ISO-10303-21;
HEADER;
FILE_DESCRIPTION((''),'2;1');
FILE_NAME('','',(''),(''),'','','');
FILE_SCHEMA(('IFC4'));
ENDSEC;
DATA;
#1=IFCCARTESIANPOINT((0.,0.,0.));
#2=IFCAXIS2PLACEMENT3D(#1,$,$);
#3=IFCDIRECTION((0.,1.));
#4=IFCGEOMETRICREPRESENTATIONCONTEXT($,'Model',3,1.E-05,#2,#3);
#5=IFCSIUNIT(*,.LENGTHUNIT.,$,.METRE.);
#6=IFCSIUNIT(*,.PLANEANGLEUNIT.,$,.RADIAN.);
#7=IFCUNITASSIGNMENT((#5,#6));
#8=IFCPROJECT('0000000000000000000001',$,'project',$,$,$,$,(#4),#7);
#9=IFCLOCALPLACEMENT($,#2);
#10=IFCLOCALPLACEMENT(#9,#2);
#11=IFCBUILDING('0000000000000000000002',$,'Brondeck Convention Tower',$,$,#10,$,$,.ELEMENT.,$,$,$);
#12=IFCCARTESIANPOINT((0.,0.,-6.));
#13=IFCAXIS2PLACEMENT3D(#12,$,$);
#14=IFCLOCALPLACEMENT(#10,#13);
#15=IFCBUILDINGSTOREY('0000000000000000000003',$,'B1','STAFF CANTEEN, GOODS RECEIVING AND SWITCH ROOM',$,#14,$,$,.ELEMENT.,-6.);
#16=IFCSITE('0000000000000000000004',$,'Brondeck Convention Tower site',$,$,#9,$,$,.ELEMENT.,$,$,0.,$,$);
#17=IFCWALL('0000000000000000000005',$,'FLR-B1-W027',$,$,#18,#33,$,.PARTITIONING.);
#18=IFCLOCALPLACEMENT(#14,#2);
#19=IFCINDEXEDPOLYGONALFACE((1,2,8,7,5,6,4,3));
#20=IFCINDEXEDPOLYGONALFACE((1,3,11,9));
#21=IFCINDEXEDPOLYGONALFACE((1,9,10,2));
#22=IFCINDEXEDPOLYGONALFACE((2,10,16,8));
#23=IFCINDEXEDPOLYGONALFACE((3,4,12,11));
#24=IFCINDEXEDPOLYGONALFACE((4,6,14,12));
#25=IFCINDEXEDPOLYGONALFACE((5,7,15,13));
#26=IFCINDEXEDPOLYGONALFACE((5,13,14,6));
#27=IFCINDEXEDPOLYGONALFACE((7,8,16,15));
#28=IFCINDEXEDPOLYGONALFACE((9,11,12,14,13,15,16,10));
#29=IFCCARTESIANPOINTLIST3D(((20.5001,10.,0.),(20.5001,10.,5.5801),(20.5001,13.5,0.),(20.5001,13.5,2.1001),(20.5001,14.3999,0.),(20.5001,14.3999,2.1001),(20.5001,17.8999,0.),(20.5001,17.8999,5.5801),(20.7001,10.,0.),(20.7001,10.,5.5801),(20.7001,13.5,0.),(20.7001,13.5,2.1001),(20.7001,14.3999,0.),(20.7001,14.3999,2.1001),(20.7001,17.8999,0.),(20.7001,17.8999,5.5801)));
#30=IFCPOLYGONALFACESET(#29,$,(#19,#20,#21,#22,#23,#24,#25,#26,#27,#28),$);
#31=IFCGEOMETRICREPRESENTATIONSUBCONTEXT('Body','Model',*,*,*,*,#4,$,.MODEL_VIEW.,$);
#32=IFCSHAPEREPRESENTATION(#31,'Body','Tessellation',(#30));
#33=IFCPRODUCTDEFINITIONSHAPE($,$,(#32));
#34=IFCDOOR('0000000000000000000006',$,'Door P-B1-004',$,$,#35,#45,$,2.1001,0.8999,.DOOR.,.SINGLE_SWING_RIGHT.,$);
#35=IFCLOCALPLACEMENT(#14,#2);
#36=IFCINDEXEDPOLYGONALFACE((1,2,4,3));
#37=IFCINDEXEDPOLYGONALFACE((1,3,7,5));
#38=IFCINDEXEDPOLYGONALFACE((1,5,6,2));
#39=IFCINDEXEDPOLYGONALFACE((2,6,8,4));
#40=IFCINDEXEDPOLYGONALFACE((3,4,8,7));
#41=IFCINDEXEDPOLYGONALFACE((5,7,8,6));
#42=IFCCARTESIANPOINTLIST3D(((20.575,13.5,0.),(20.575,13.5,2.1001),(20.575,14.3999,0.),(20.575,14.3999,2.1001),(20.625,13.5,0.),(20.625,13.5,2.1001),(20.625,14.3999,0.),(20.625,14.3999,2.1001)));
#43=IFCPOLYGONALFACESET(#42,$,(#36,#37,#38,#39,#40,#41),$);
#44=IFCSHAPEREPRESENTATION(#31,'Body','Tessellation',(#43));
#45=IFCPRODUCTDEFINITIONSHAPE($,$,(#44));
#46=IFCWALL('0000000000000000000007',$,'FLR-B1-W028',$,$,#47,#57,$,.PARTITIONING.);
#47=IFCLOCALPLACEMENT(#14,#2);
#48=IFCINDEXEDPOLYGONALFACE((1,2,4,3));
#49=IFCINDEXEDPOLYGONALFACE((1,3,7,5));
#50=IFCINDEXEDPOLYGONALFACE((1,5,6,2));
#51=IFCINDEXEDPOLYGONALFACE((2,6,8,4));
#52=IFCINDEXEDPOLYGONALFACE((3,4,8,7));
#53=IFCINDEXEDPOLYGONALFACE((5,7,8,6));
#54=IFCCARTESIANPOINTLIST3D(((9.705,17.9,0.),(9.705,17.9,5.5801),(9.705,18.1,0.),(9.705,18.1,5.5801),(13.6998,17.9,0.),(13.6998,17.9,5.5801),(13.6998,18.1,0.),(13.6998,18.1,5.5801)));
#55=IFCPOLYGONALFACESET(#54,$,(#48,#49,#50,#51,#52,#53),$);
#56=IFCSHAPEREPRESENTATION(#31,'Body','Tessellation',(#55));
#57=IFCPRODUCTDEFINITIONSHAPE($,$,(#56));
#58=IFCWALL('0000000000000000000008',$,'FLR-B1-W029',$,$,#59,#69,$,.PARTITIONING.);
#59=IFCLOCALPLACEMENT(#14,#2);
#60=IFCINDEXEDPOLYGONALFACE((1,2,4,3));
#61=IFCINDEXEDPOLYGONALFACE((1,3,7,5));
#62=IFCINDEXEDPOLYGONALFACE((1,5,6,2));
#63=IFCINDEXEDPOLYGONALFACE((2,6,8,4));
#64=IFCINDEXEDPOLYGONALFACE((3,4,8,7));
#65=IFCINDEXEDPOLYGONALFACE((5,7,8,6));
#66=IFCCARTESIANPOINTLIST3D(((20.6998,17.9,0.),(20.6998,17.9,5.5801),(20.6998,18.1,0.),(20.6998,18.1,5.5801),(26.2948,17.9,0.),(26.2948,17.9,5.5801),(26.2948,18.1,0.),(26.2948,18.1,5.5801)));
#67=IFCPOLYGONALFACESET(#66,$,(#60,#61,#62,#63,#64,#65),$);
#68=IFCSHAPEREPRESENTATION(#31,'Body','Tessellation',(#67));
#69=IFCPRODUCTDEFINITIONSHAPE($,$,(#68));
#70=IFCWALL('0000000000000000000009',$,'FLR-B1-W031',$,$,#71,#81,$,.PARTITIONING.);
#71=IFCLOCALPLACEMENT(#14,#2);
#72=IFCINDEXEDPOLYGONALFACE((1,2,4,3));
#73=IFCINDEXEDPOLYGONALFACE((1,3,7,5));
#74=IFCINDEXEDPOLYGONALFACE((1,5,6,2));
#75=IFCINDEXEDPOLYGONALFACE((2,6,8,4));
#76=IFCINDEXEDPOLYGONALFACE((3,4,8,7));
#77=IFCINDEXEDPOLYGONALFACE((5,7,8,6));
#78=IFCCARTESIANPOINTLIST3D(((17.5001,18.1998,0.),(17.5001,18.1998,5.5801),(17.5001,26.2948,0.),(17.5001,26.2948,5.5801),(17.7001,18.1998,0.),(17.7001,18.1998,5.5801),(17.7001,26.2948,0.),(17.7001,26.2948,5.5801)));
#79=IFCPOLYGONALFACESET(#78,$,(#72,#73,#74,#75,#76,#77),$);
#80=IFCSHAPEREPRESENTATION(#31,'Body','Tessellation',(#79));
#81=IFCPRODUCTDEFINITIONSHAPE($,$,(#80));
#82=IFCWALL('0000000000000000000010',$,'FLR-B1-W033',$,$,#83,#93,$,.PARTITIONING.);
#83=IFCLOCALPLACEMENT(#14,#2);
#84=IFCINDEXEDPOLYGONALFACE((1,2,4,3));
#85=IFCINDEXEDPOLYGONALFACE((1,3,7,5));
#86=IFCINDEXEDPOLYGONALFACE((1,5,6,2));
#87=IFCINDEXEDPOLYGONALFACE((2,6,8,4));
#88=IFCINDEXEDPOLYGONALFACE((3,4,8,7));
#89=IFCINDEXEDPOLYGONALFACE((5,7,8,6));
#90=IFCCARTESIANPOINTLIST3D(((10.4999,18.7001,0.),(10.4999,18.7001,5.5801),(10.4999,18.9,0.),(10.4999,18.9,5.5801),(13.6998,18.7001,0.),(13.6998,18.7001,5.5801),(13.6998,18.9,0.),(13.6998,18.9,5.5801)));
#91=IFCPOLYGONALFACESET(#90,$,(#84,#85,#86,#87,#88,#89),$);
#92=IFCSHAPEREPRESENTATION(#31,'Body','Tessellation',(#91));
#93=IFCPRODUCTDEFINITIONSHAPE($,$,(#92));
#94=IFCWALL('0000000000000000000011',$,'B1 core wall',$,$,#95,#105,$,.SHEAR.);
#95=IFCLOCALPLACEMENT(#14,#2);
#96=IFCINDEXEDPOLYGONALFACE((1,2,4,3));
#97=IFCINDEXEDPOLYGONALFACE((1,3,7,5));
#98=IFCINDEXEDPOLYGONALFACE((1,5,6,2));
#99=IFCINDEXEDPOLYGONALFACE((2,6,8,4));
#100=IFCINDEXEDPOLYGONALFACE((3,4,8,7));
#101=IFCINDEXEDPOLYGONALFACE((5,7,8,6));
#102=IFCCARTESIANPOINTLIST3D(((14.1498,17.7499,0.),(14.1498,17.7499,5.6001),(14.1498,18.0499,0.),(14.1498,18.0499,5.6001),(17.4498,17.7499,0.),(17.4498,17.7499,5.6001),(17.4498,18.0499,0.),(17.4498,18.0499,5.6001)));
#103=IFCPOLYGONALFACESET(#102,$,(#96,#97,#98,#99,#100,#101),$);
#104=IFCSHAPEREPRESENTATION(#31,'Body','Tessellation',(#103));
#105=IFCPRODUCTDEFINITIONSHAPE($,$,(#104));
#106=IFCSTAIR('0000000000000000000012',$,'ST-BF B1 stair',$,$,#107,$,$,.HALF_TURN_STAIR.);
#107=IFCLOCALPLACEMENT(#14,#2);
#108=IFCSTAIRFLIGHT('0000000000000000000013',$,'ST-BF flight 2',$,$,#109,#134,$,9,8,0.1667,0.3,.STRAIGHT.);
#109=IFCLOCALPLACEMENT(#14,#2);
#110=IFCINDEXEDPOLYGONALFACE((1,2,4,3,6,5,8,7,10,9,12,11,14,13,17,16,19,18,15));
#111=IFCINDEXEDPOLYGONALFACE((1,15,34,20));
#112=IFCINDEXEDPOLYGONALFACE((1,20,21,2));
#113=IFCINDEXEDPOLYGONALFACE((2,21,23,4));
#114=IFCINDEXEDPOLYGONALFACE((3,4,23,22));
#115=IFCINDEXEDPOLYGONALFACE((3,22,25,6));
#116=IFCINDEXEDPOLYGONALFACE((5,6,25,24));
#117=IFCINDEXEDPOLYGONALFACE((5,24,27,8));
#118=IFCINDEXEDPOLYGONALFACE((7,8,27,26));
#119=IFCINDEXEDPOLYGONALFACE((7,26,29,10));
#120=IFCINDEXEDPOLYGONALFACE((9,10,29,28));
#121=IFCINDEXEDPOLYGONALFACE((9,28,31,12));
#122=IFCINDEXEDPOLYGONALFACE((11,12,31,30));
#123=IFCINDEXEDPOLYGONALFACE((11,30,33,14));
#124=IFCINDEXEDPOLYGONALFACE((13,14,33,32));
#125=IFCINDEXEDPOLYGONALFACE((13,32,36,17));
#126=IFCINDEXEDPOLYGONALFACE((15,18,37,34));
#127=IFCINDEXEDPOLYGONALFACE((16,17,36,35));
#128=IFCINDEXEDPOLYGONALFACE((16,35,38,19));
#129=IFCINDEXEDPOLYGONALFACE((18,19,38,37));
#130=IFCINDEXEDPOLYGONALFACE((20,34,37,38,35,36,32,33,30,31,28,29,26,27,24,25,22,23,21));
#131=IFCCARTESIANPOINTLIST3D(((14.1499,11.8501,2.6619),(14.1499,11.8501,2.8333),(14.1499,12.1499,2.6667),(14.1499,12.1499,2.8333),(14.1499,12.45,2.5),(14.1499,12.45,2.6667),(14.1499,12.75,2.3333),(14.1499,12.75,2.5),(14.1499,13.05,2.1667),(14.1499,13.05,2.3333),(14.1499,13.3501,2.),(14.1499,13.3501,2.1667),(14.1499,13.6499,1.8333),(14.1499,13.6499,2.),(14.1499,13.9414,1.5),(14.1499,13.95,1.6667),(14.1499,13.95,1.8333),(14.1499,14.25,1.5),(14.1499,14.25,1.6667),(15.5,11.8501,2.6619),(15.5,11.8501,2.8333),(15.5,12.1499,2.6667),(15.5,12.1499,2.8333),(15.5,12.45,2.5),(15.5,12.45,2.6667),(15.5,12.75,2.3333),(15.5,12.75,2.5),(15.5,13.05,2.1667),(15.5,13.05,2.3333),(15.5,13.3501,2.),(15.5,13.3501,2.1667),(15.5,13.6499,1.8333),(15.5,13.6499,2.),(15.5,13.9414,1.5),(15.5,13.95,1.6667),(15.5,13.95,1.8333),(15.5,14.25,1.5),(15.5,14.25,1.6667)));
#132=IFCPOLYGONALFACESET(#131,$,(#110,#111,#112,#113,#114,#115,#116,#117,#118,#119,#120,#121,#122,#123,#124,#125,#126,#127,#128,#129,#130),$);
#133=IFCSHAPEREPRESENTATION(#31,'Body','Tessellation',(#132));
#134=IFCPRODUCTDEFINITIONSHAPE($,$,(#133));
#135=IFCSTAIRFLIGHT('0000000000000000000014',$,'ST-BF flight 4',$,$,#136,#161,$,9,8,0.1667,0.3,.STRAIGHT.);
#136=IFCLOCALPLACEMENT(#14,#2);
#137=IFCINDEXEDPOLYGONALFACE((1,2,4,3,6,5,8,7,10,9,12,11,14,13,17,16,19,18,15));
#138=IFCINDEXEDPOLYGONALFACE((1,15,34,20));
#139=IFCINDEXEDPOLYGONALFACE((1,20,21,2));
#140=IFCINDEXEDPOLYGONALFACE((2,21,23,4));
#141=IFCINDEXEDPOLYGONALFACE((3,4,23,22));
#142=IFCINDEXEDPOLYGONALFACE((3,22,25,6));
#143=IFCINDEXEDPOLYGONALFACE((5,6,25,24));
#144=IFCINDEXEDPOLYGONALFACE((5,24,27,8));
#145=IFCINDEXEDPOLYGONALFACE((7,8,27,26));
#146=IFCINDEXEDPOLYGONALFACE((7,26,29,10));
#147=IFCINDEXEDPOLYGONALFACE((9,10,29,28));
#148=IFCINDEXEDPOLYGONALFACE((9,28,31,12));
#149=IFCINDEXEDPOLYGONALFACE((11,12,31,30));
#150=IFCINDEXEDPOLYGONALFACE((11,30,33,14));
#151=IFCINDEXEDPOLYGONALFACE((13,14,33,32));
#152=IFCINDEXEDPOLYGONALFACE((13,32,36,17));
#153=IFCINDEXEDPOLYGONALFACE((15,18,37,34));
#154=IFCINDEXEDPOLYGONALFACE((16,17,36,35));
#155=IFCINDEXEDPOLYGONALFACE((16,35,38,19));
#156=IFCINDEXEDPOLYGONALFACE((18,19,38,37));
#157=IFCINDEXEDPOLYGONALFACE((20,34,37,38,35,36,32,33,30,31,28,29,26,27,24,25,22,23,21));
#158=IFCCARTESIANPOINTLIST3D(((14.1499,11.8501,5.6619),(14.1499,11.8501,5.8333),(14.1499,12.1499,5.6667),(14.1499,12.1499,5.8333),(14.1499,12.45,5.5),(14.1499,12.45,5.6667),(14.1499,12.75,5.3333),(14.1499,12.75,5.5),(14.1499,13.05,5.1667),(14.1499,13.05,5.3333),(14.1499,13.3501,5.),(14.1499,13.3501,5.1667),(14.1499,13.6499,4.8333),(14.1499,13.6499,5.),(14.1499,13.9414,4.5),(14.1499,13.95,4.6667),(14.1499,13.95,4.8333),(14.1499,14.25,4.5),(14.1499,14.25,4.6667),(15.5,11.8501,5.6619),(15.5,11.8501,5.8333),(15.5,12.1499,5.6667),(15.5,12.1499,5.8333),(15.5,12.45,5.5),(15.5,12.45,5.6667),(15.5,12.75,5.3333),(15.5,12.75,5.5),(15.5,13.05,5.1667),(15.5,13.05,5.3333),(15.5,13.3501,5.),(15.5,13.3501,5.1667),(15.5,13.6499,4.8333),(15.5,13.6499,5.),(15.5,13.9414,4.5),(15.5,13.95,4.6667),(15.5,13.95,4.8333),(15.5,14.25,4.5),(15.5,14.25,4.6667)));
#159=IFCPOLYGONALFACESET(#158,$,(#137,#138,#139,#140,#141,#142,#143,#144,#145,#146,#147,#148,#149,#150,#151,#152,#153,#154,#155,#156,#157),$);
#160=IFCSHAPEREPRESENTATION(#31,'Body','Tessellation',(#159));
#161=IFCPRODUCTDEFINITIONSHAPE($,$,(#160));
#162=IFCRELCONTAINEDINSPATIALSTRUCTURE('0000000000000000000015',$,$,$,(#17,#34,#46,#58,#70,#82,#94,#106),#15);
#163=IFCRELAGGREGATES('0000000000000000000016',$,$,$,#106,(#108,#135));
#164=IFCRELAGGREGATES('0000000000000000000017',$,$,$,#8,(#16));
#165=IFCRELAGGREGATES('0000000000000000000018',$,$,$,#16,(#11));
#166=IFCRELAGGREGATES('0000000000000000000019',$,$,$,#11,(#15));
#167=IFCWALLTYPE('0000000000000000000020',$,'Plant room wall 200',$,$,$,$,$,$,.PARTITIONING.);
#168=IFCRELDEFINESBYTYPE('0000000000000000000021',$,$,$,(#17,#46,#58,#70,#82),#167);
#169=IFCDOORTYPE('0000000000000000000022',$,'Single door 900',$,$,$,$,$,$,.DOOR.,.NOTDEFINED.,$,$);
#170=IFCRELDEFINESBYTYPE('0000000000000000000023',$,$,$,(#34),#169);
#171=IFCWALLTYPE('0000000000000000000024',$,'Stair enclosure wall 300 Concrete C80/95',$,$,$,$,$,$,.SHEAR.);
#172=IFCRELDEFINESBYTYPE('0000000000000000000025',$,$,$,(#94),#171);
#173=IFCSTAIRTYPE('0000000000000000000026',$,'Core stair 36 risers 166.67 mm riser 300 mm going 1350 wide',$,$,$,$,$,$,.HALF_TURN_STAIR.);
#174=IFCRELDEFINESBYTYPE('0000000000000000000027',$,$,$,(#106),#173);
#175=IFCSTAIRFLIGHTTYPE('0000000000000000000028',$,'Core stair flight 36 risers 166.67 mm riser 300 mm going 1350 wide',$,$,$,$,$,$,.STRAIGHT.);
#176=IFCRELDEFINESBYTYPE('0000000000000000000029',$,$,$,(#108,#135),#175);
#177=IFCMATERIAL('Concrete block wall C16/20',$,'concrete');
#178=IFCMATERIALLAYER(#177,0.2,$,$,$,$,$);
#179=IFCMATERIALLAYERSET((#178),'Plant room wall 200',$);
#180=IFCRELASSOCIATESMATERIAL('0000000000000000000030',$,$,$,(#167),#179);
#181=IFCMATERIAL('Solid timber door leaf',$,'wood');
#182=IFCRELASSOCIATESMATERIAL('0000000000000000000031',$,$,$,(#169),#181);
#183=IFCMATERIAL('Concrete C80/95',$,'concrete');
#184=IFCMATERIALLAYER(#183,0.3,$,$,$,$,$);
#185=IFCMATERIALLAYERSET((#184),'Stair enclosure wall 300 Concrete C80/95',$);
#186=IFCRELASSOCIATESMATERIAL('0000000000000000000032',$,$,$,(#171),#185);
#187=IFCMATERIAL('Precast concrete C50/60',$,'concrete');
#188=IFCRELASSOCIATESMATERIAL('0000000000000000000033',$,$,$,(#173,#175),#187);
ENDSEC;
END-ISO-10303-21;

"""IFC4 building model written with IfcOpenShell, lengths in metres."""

from ifc_helpers import new_model, si_unit, direction, frame, frame_2d, origin, place, context, subcontext, project, spatial, polyline, rectangle, outline, extrude, material, layer, layer_set, type_object, element, fill, aggregate, save


model = new_model("IFC4")

# Units and contexts
model_context = context("Model", 3, precision=1e-05, world=origin(), true_north=direction((0.0, 1.0)))
body_context = subcontext(model_context, "Body", "Model", "MODEL_VIEW")
ifc_project = project(units=[si_unit("LENGTHUNIT", "METRE"), si_unit("PLANEANGLEUNIT", "RADIAN")], contexts=[model_context])

# Site, building, storey
site_placement = place(None, origin())
site = spatial("IfcSite", under=ifc_project, at=site_placement, Name="Brondeck Convention Tower site", CompositionType="ELEMENT", RefElevation=0.0)
building_placement = place(site_placement, origin())
building = spatial("IfcBuilding", under=site, at=building_placement, Name="Brondeck Convention Tower", CompositionType="ELEMENT")
storey_placement = place(building_placement, frame((0.0, 0.0, -6.0)))
storey = spatial("IfcBuildingStorey", under=building, at=storey_placement, Name="B1", Description="STAFF CANTEEN, GOODS RECEIVING AND SWITCH ROOM", CompositionType="ELEMENT", Elevation=-6.0)

# Wall, opening, door
ifc_material_1 = material(Name="Concrete block wall C16/20", Category="concrete")
ifc_layer_1 = layer(ifc_material_1, 0.2)
ifc_layer_set_1 = layer_set([ifc_layer_1], Name="Plant room wall 200")
wall_type_1 = type_object("IfcWallType", Name="Plant room wall 200", PredefinedType="PARTITIONING", material=ifc_layer_set_1)
wall_1_placement = place(storey_placement, frame((20.6001, 17.8999, 0.0), z_axis=(0.0, 0.0, 1.0), x_axis=(0.0, -1.0, 0.0)))
wall_1 = element("IfcWall", 1, at=wall_1_placement, inside=storey, type_object=wall_type_1, Name="FLR-B1-W027", PredefinedType="PARTITIONING", context=body_context, shape_type="SweptSolid", body=[
    extrude(rectangle(XDim=7.8999, YDim=0.2, at=frame_2d((3.95, 0.0))), origin(), (0.0, 0.0, 1.0), 5.5801),
])
opening_placement = place(wall_1_placement, frame((3.5, 0.0, 0.0)))
opening = element("IfcOpeningElement", 2, at=opening_placement, cuts=wall_1, PredefinedType="OPENING", context=body_context, shape_type="SweptSolid", body=[
    extrude(rectangle(XDim=0.8999, YDim=2.1001, at=frame_2d((0.45, 1.05))), frame((0.0, 0.1099, 0.0), z_axis=(0.0, -1.0, 0.0), x_axis=(1.0, 0.0, 0.0)), (0.0, 0.0, 1.0), 0.22),
])
ifc_material_2 = material(Name="Solid timber door leaf", Category="wood")
door_type = type_object("IfcDoorType", Name="Single door 900", OperationType="NOTDEFINED", PredefinedType="DOOR", material=ifc_material_2)
door_placement = place(opening_placement, origin())
door = element("IfcDoor", 3, at=door_placement, inside=storey, type_object=door_type, Name="Door P-B1-004", OperationType="SINGLE_SWING_RIGHT", OverallHeight=2.1001, OverallWidth=0.8999, PredefinedType="DOOR", context=body_context, shape_type="SweptSolid", body=[
    extrude(rectangle(XDim=0.8999, YDim=2.1001, at=frame_2d((0.45, 1.05))), frame((0.0, 0.0249, 0.0), z_axis=(0.0, -1.0, 0.0), x_axis=(1.0, 0.0, 0.0)), (0.0, 0.0, 1.0), 0.05),
])
fill(opening, door)

# Walls
wall_2_placement = place(storey_placement, frame((13.7, 18.0, 0.0), z_axis=(0.0, 0.0, 1.0), x_axis=(-1.0, 0.0, 0.0)))
element("IfcWall", 4, at=wall_2_placement, inside=storey, type_object=wall_type_1, Name="FLR-B1-W028", PredefinedType="PARTITIONING", context=body_context, shape_type="SweptSolid", body=[
    extrude(rectangle(XDim=3.9949, YDim=0.2, at=frame_2d((1.9976, 0.0))), origin(), (0.0, 0.0, 1.0), 5.5801),
])
wall_3_placement = place(storey_placement, frame((20.7, 18.0, 0.0), z_axis=(0.0, 0.0, 1.0), x_axis=(1.0, 0.0, 0.0)))
element("IfcWall", 5, at=wall_3_placement, inside=storey, type_object=wall_type_1, Name="FLR-B1-W029", PredefinedType="PARTITIONING", context=body_context, shape_type="SweptSolid", body=[
    extrude(rectangle(XDim=5.595, YDim=0.2, at=frame_2d((2.7974, 0.0))), origin(), (0.0, 0.0, 1.0), 5.5801),
])
wall_4_placement = place(storey_placement, frame((17.6001, 18.2, 0.0), z_axis=(0.0, 0.0, 1.0), x_axis=(0.0, 1.0, 0.0)))
element("IfcWall", 6, at=wall_4_placement, inside=storey, type_object=wall_type_1, Name="FLR-B1-W031", PredefinedType="PARTITIONING", context=body_context, shape_type="SweptSolid", body=[
    extrude(rectangle(XDim=8.095, YDim=0.2, at=frame_2d((4.0474, 0.0))), origin(), (0.0, 0.0, 1.0), 5.5801),
])
wall_5_placement = place(storey_placement, frame((13.7, 18.8, 0.0), z_axis=(0.0, 0.0, 1.0), x_axis=(-1.0, 0.0, 0.0)))
element("IfcWall", 7, at=wall_5_placement, inside=storey, type_object=wall_type_1, Name="FLR-B1-W033", PredefinedType="PARTITIONING", context=body_context, shape_type="SweptSolid", body=[
    extrude(rectangle(XDim=3.2, YDim=0.2, at=frame_2d((1.6001, 0.0))), origin(), (0.0, 0.0, 1.0), 5.5801),
])
ifc_material_3 = material(Name="Concrete C80/95", Category="concrete")
ifc_layer_2 = layer(ifc_material_3, 0.3)
ifc_layer_set_2 = layer_set([ifc_layer_2], Name="Stair enclosure wall 300 Concrete C80/95")
wall_type_2 = type_object("IfcWallType", Name="Stair enclosure wall 300 Concrete C80/95", PredefinedType="SHEAR", material=ifc_layer_set_2)
wall_6_placement = place(storey_placement, frame((14.1499, 17.8999, 0.0), z_axis=(0.0, 0.0, 1.0), x_axis=(1.0, 0.0, 0.0)))
element("IfcWall", 8, at=wall_6_placement, inside=storey, type_object=wall_type_2, Name="B1 core wall", PredefinedType="SHEAR", context=body_context, shape_type="SweptSolid", body=[
    extrude(rectangle(XDim=3.3, YDim=0.3, at=frame_2d((1.6499, 0.0))), origin(), (0.0, 0.0, 1.0), 5.6001),
])

# Stair, stair flights
ifc_material_4 = material(Name="Precast concrete C50/60", Category="concrete")
stair_type = type_object("IfcStairType", Name="Core stair 36 risers 166.67 mm riser 300 mm going 1350 wide", PredefinedType="HALF_TURN_STAIR", material=ifc_material_4)
stair_placement = place(storey_placement, origin())
stair = element("IfcStair", 9, at=stair_placement, inside=storey, type_object=stair_type, Name="ST-BF B1 stair", PredefinedType="HALF_TURN_STAIR")
stair_flight_type = type_object("IfcStairFlightType", Name="Core stair flight 36 risers 166.67 mm riser 300 mm going 1350 wide", PredefinedType="STRAIGHT", material=ifc_material_4)
stair_flight_1_placement = place(storey_placement, frame((14.825, 14.25, 1.5), z_axis=(0.0, 0.0, 1.0), x_axis=(0.0, -1.0, 0.0)))
stair_flight_1 = element("IfcStairFlight", 10, at=stair_flight_1_placement, type_object=stair_flight_type, Name="ST-BF flight 2", NumberOfRisers=9, NumberOfTreads=8, PredefinedType="STRAIGHT", RiserHeight=0.1667, TreadLength=0.3, context=body_context, shape_type="SweptSolid", body=[
    extrude(outline(polyline([(0.0, 0.0), (0.0, 0.1667), (0.3, 0.1667), (0.3, 0.3333), (0.6001, 0.3333), (0.6001, 0.5), (0.8999, 0.5), (0.8999, 0.6667), (1.2, 0.6667), (1.2, 0.8333), (1.5, 0.8333), (1.5, 1.0), (1.8, 1.0), (1.8, 1.1667), (2.1001, 1.1667), (2.1001, 1.3333), (2.3999, 1.3333), (2.3999, 1.5), (2.3999, 1.1619), (0.3086, 0.0), (0.0, 0.0)])), frame((0.0, 0.675, 0.0), z_axis=(0.0, -1.0, 0.0), x_axis=(1.0, 0.0, 0.0)), (0.0, 0.0, 1.0), 1.3501),
])
stair_flight_2_placement = place(storey_placement, frame((14.825, 14.25, 4.5), z_axis=(0.0, 0.0, 1.0), x_axis=(0.0, -1.0, 0.0)))
stair_flight_2 = element("IfcStairFlight", 11, at=stair_flight_2_placement, type_object=stair_flight_type, Name="ST-BF flight 4", NumberOfRisers=9, NumberOfTreads=8, PredefinedType="STRAIGHT", RiserHeight=0.1667, TreadLength=0.3, context=body_context, shape_type="SweptSolid", body=[
    extrude(outline(polyline([(0.0, 0.0), (0.0, 0.1667), (0.3, 0.1667), (0.3, 0.3333), (0.6001, 0.3333), (0.6001, 0.5), (0.8999, 0.5), (0.8999, 0.6667), (1.2, 0.6667), (1.2, 0.8333), (1.5, 0.8333), (1.5, 1.0), (1.8, 1.0), (1.8, 1.1667), (2.1001, 1.1667), (2.1001, 1.3333), (2.3999, 1.3333), (2.3999, 1.5), (2.3999, 1.1619), (0.3086, 0.0), (0.0, 0.0)])), frame((0.0, 0.675, 0.0), z_axis=(0.0, -1.0, 0.0), x_axis=(1.0, 0.0, 0.0)), (0.0, 0.0, 1.0), 1.3501),
])
aggregate(stair, [stair_flight_1, stair_flight_2])

save(model, "model.ifc")
